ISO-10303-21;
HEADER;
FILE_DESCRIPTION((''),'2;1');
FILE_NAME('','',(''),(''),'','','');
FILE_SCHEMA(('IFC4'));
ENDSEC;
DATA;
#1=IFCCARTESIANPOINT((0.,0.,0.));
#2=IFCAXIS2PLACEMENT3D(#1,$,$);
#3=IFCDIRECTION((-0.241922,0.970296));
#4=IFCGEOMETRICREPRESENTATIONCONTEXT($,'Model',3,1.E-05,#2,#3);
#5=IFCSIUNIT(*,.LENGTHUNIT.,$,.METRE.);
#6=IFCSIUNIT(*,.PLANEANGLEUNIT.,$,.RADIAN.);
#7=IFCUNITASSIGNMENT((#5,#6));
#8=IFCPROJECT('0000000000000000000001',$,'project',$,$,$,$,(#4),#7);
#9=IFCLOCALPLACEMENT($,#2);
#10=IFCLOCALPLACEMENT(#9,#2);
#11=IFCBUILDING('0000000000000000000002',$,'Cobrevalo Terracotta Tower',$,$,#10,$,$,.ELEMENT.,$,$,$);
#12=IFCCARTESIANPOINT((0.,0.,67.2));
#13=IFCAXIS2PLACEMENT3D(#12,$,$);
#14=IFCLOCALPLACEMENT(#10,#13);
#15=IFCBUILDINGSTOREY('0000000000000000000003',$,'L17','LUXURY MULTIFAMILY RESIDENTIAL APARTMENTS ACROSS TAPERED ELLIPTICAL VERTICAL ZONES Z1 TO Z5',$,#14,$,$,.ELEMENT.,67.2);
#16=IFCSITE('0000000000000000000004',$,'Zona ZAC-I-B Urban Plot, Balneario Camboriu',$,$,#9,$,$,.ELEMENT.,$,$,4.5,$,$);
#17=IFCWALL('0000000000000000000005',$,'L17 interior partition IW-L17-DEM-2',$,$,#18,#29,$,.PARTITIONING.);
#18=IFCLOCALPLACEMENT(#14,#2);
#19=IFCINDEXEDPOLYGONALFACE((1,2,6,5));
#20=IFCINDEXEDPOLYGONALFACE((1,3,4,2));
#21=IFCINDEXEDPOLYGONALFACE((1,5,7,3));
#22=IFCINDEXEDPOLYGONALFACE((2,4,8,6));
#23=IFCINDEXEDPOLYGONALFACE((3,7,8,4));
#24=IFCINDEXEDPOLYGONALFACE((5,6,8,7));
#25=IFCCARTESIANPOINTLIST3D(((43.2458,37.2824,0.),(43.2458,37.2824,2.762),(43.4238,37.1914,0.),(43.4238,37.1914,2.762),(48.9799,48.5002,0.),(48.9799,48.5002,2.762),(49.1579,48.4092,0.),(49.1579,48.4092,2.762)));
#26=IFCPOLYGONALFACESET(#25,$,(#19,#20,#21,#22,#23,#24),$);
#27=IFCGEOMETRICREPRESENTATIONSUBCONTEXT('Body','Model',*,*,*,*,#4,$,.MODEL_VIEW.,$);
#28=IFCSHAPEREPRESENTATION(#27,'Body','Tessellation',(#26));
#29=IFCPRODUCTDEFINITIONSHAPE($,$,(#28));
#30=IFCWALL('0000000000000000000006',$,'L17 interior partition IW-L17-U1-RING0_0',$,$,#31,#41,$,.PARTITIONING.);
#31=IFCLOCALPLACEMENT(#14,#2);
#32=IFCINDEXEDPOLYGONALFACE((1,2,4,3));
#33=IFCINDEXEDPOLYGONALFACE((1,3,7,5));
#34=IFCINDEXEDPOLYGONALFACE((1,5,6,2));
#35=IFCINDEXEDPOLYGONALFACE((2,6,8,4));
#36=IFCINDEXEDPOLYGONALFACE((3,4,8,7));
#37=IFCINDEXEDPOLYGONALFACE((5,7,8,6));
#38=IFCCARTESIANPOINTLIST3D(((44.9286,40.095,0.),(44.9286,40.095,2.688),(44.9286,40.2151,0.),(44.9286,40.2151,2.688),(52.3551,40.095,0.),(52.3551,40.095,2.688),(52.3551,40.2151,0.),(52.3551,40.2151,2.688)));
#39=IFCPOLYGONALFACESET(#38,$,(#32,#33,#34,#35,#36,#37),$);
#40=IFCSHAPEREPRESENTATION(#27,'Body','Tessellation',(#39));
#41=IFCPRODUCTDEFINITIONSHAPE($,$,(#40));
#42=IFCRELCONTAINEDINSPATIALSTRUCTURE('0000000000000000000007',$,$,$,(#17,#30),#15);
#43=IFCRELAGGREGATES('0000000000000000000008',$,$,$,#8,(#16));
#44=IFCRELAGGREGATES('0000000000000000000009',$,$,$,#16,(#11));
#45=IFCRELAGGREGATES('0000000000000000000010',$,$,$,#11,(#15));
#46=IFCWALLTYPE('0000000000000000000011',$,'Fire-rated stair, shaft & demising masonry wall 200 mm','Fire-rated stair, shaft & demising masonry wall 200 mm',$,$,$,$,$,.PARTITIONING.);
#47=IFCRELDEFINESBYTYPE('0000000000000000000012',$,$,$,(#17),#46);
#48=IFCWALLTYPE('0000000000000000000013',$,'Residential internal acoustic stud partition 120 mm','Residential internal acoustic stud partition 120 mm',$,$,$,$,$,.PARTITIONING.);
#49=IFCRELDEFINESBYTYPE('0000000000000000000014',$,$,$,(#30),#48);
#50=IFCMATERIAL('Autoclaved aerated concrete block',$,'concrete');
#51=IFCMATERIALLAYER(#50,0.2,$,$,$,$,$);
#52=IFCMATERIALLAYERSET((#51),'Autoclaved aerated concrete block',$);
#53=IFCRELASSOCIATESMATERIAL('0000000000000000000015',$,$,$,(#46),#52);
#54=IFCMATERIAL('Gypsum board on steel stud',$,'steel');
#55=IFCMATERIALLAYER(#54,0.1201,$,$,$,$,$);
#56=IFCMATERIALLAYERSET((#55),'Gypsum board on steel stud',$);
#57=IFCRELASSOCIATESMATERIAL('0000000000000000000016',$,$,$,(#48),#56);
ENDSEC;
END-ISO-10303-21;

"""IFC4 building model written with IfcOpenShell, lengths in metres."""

from ifc_helpers import new_model, si_unit, direction, frame, frame_2d, origin, place, context, subcontext, project, spatial, rectangle, extrude, material, layer, layer_set, type_object, element, save


model = new_model("IFC4")

# Units and contexts
model_context = context("Model", 3, precision=1e-05, world=origin(), true_north=direction((-0.241922, 0.970296)))
body_context = subcontext(model_context, "Body", "Model", "MODEL_VIEW")
ifc_project = project(units=[si_unit("LENGTHUNIT", "METRE"), si_unit("PLANEANGLEUNIT", "RADIAN")], contexts=[model_context])

# Site, building, storey
site_placement = place(None, origin())
site = spatial("IfcSite", under=ifc_project, at=site_placement, Name="Zona ZAC-I-B Urban Plot, Balneario Camboriu", CompositionType="ELEMENT", RefElevation=4.5)
building_placement = place(site_placement, origin())
building = spatial("IfcBuilding", under=site, at=building_placement, Name="Cobrevalo Terracotta Tower", CompositionType="ELEMENT")
storey_placement = place(building_placement, frame((0.0, 0.0, 67.2)))
storey = spatial("IfcBuildingStorey", under=building, at=storey_placement, Name="L17", Description="LUXURY MULTIFAMILY RESIDENTIAL APARTMENTS ACROSS TAPERED ELLIPTICAL VERTICAL ZONES Z1 TO Z5", CompositionType="ELEMENT", Elevation=67.2)

# Walls
ifc_material_1 = material(Name="Gypsum board on steel stud", Category="steel")
ifc_material_2 = material(Name="Autoclaved aerated concrete block", Category="concrete")
ifc_layer_1 = layer(ifc_material_2, 0.2)
ifc_layer_set_1 = layer_set([ifc_layer_1], Name="Autoclaved aerated concrete block")
wall_type_1 = type_object("IfcWallType", Name="Fire-rated stair, shaft & demising masonry wall 200 mm", Description="Fire-rated stair, shaft & demising masonry wall 200 mm", PredefinedType="PARTITIONING", material=ifc_layer_set_1)
wall_1_placement = place(storey_placement, frame((43.3347, 37.2368, 0.0), z_axis=(0.0, 0.0, 1.0), x_axis=(0.455149, 0.890415, 0.0)))
element("IfcWall", 1, at=wall_1_placement, inside=storey, type_object=wall_type_1, Name="L17 interior partition IW-L17-DEM-2", PredefinedType="PARTITIONING", context=body_context, shape_type="SweptSolid", body=[
    extrude(rectangle(XDim=12.5984, YDim=0.2, at=frame_2d((6.2993, 0.0))), origin(), (0.0, 0.0, 1.0), 2.762),
])
ifc_layer_2 = layer(ifc_material_1, 0.1201)
ifc_layer_set_2 = layer_set([ifc_layer_2], Name="Gypsum board on steel stud")
wall_type_2 = type_object("IfcWallType", Name="Residential internal acoustic stud partition 120 mm", Description="Residential internal acoustic stud partition 120 mm", PredefinedType="PARTITIONING", material=ifc_layer_set_2)
wall_2_placement = place(storey_placement, frame((44.9285, 40.155, 0.0), z_axis=(0.0, 0.0, 1.0), x_axis=(1.0, 0.0, 0.0)))
element("IfcWall", 2, at=wall_2_placement, inside=storey, type_object=wall_type_2, Name="L17 interior partition IW-L17-U1-RING0_0", PredefinedType="PARTITIONING", context=body_context, shape_type="SweptSolid", body=[
    extrude(rectangle(XDim=7.4265, YDim=0.1201, at=frame_2d((3.7134, 0.0))), origin(), (0.0, 0.0, 1.0), 2.688),
])

save(model, "model.ifc")
